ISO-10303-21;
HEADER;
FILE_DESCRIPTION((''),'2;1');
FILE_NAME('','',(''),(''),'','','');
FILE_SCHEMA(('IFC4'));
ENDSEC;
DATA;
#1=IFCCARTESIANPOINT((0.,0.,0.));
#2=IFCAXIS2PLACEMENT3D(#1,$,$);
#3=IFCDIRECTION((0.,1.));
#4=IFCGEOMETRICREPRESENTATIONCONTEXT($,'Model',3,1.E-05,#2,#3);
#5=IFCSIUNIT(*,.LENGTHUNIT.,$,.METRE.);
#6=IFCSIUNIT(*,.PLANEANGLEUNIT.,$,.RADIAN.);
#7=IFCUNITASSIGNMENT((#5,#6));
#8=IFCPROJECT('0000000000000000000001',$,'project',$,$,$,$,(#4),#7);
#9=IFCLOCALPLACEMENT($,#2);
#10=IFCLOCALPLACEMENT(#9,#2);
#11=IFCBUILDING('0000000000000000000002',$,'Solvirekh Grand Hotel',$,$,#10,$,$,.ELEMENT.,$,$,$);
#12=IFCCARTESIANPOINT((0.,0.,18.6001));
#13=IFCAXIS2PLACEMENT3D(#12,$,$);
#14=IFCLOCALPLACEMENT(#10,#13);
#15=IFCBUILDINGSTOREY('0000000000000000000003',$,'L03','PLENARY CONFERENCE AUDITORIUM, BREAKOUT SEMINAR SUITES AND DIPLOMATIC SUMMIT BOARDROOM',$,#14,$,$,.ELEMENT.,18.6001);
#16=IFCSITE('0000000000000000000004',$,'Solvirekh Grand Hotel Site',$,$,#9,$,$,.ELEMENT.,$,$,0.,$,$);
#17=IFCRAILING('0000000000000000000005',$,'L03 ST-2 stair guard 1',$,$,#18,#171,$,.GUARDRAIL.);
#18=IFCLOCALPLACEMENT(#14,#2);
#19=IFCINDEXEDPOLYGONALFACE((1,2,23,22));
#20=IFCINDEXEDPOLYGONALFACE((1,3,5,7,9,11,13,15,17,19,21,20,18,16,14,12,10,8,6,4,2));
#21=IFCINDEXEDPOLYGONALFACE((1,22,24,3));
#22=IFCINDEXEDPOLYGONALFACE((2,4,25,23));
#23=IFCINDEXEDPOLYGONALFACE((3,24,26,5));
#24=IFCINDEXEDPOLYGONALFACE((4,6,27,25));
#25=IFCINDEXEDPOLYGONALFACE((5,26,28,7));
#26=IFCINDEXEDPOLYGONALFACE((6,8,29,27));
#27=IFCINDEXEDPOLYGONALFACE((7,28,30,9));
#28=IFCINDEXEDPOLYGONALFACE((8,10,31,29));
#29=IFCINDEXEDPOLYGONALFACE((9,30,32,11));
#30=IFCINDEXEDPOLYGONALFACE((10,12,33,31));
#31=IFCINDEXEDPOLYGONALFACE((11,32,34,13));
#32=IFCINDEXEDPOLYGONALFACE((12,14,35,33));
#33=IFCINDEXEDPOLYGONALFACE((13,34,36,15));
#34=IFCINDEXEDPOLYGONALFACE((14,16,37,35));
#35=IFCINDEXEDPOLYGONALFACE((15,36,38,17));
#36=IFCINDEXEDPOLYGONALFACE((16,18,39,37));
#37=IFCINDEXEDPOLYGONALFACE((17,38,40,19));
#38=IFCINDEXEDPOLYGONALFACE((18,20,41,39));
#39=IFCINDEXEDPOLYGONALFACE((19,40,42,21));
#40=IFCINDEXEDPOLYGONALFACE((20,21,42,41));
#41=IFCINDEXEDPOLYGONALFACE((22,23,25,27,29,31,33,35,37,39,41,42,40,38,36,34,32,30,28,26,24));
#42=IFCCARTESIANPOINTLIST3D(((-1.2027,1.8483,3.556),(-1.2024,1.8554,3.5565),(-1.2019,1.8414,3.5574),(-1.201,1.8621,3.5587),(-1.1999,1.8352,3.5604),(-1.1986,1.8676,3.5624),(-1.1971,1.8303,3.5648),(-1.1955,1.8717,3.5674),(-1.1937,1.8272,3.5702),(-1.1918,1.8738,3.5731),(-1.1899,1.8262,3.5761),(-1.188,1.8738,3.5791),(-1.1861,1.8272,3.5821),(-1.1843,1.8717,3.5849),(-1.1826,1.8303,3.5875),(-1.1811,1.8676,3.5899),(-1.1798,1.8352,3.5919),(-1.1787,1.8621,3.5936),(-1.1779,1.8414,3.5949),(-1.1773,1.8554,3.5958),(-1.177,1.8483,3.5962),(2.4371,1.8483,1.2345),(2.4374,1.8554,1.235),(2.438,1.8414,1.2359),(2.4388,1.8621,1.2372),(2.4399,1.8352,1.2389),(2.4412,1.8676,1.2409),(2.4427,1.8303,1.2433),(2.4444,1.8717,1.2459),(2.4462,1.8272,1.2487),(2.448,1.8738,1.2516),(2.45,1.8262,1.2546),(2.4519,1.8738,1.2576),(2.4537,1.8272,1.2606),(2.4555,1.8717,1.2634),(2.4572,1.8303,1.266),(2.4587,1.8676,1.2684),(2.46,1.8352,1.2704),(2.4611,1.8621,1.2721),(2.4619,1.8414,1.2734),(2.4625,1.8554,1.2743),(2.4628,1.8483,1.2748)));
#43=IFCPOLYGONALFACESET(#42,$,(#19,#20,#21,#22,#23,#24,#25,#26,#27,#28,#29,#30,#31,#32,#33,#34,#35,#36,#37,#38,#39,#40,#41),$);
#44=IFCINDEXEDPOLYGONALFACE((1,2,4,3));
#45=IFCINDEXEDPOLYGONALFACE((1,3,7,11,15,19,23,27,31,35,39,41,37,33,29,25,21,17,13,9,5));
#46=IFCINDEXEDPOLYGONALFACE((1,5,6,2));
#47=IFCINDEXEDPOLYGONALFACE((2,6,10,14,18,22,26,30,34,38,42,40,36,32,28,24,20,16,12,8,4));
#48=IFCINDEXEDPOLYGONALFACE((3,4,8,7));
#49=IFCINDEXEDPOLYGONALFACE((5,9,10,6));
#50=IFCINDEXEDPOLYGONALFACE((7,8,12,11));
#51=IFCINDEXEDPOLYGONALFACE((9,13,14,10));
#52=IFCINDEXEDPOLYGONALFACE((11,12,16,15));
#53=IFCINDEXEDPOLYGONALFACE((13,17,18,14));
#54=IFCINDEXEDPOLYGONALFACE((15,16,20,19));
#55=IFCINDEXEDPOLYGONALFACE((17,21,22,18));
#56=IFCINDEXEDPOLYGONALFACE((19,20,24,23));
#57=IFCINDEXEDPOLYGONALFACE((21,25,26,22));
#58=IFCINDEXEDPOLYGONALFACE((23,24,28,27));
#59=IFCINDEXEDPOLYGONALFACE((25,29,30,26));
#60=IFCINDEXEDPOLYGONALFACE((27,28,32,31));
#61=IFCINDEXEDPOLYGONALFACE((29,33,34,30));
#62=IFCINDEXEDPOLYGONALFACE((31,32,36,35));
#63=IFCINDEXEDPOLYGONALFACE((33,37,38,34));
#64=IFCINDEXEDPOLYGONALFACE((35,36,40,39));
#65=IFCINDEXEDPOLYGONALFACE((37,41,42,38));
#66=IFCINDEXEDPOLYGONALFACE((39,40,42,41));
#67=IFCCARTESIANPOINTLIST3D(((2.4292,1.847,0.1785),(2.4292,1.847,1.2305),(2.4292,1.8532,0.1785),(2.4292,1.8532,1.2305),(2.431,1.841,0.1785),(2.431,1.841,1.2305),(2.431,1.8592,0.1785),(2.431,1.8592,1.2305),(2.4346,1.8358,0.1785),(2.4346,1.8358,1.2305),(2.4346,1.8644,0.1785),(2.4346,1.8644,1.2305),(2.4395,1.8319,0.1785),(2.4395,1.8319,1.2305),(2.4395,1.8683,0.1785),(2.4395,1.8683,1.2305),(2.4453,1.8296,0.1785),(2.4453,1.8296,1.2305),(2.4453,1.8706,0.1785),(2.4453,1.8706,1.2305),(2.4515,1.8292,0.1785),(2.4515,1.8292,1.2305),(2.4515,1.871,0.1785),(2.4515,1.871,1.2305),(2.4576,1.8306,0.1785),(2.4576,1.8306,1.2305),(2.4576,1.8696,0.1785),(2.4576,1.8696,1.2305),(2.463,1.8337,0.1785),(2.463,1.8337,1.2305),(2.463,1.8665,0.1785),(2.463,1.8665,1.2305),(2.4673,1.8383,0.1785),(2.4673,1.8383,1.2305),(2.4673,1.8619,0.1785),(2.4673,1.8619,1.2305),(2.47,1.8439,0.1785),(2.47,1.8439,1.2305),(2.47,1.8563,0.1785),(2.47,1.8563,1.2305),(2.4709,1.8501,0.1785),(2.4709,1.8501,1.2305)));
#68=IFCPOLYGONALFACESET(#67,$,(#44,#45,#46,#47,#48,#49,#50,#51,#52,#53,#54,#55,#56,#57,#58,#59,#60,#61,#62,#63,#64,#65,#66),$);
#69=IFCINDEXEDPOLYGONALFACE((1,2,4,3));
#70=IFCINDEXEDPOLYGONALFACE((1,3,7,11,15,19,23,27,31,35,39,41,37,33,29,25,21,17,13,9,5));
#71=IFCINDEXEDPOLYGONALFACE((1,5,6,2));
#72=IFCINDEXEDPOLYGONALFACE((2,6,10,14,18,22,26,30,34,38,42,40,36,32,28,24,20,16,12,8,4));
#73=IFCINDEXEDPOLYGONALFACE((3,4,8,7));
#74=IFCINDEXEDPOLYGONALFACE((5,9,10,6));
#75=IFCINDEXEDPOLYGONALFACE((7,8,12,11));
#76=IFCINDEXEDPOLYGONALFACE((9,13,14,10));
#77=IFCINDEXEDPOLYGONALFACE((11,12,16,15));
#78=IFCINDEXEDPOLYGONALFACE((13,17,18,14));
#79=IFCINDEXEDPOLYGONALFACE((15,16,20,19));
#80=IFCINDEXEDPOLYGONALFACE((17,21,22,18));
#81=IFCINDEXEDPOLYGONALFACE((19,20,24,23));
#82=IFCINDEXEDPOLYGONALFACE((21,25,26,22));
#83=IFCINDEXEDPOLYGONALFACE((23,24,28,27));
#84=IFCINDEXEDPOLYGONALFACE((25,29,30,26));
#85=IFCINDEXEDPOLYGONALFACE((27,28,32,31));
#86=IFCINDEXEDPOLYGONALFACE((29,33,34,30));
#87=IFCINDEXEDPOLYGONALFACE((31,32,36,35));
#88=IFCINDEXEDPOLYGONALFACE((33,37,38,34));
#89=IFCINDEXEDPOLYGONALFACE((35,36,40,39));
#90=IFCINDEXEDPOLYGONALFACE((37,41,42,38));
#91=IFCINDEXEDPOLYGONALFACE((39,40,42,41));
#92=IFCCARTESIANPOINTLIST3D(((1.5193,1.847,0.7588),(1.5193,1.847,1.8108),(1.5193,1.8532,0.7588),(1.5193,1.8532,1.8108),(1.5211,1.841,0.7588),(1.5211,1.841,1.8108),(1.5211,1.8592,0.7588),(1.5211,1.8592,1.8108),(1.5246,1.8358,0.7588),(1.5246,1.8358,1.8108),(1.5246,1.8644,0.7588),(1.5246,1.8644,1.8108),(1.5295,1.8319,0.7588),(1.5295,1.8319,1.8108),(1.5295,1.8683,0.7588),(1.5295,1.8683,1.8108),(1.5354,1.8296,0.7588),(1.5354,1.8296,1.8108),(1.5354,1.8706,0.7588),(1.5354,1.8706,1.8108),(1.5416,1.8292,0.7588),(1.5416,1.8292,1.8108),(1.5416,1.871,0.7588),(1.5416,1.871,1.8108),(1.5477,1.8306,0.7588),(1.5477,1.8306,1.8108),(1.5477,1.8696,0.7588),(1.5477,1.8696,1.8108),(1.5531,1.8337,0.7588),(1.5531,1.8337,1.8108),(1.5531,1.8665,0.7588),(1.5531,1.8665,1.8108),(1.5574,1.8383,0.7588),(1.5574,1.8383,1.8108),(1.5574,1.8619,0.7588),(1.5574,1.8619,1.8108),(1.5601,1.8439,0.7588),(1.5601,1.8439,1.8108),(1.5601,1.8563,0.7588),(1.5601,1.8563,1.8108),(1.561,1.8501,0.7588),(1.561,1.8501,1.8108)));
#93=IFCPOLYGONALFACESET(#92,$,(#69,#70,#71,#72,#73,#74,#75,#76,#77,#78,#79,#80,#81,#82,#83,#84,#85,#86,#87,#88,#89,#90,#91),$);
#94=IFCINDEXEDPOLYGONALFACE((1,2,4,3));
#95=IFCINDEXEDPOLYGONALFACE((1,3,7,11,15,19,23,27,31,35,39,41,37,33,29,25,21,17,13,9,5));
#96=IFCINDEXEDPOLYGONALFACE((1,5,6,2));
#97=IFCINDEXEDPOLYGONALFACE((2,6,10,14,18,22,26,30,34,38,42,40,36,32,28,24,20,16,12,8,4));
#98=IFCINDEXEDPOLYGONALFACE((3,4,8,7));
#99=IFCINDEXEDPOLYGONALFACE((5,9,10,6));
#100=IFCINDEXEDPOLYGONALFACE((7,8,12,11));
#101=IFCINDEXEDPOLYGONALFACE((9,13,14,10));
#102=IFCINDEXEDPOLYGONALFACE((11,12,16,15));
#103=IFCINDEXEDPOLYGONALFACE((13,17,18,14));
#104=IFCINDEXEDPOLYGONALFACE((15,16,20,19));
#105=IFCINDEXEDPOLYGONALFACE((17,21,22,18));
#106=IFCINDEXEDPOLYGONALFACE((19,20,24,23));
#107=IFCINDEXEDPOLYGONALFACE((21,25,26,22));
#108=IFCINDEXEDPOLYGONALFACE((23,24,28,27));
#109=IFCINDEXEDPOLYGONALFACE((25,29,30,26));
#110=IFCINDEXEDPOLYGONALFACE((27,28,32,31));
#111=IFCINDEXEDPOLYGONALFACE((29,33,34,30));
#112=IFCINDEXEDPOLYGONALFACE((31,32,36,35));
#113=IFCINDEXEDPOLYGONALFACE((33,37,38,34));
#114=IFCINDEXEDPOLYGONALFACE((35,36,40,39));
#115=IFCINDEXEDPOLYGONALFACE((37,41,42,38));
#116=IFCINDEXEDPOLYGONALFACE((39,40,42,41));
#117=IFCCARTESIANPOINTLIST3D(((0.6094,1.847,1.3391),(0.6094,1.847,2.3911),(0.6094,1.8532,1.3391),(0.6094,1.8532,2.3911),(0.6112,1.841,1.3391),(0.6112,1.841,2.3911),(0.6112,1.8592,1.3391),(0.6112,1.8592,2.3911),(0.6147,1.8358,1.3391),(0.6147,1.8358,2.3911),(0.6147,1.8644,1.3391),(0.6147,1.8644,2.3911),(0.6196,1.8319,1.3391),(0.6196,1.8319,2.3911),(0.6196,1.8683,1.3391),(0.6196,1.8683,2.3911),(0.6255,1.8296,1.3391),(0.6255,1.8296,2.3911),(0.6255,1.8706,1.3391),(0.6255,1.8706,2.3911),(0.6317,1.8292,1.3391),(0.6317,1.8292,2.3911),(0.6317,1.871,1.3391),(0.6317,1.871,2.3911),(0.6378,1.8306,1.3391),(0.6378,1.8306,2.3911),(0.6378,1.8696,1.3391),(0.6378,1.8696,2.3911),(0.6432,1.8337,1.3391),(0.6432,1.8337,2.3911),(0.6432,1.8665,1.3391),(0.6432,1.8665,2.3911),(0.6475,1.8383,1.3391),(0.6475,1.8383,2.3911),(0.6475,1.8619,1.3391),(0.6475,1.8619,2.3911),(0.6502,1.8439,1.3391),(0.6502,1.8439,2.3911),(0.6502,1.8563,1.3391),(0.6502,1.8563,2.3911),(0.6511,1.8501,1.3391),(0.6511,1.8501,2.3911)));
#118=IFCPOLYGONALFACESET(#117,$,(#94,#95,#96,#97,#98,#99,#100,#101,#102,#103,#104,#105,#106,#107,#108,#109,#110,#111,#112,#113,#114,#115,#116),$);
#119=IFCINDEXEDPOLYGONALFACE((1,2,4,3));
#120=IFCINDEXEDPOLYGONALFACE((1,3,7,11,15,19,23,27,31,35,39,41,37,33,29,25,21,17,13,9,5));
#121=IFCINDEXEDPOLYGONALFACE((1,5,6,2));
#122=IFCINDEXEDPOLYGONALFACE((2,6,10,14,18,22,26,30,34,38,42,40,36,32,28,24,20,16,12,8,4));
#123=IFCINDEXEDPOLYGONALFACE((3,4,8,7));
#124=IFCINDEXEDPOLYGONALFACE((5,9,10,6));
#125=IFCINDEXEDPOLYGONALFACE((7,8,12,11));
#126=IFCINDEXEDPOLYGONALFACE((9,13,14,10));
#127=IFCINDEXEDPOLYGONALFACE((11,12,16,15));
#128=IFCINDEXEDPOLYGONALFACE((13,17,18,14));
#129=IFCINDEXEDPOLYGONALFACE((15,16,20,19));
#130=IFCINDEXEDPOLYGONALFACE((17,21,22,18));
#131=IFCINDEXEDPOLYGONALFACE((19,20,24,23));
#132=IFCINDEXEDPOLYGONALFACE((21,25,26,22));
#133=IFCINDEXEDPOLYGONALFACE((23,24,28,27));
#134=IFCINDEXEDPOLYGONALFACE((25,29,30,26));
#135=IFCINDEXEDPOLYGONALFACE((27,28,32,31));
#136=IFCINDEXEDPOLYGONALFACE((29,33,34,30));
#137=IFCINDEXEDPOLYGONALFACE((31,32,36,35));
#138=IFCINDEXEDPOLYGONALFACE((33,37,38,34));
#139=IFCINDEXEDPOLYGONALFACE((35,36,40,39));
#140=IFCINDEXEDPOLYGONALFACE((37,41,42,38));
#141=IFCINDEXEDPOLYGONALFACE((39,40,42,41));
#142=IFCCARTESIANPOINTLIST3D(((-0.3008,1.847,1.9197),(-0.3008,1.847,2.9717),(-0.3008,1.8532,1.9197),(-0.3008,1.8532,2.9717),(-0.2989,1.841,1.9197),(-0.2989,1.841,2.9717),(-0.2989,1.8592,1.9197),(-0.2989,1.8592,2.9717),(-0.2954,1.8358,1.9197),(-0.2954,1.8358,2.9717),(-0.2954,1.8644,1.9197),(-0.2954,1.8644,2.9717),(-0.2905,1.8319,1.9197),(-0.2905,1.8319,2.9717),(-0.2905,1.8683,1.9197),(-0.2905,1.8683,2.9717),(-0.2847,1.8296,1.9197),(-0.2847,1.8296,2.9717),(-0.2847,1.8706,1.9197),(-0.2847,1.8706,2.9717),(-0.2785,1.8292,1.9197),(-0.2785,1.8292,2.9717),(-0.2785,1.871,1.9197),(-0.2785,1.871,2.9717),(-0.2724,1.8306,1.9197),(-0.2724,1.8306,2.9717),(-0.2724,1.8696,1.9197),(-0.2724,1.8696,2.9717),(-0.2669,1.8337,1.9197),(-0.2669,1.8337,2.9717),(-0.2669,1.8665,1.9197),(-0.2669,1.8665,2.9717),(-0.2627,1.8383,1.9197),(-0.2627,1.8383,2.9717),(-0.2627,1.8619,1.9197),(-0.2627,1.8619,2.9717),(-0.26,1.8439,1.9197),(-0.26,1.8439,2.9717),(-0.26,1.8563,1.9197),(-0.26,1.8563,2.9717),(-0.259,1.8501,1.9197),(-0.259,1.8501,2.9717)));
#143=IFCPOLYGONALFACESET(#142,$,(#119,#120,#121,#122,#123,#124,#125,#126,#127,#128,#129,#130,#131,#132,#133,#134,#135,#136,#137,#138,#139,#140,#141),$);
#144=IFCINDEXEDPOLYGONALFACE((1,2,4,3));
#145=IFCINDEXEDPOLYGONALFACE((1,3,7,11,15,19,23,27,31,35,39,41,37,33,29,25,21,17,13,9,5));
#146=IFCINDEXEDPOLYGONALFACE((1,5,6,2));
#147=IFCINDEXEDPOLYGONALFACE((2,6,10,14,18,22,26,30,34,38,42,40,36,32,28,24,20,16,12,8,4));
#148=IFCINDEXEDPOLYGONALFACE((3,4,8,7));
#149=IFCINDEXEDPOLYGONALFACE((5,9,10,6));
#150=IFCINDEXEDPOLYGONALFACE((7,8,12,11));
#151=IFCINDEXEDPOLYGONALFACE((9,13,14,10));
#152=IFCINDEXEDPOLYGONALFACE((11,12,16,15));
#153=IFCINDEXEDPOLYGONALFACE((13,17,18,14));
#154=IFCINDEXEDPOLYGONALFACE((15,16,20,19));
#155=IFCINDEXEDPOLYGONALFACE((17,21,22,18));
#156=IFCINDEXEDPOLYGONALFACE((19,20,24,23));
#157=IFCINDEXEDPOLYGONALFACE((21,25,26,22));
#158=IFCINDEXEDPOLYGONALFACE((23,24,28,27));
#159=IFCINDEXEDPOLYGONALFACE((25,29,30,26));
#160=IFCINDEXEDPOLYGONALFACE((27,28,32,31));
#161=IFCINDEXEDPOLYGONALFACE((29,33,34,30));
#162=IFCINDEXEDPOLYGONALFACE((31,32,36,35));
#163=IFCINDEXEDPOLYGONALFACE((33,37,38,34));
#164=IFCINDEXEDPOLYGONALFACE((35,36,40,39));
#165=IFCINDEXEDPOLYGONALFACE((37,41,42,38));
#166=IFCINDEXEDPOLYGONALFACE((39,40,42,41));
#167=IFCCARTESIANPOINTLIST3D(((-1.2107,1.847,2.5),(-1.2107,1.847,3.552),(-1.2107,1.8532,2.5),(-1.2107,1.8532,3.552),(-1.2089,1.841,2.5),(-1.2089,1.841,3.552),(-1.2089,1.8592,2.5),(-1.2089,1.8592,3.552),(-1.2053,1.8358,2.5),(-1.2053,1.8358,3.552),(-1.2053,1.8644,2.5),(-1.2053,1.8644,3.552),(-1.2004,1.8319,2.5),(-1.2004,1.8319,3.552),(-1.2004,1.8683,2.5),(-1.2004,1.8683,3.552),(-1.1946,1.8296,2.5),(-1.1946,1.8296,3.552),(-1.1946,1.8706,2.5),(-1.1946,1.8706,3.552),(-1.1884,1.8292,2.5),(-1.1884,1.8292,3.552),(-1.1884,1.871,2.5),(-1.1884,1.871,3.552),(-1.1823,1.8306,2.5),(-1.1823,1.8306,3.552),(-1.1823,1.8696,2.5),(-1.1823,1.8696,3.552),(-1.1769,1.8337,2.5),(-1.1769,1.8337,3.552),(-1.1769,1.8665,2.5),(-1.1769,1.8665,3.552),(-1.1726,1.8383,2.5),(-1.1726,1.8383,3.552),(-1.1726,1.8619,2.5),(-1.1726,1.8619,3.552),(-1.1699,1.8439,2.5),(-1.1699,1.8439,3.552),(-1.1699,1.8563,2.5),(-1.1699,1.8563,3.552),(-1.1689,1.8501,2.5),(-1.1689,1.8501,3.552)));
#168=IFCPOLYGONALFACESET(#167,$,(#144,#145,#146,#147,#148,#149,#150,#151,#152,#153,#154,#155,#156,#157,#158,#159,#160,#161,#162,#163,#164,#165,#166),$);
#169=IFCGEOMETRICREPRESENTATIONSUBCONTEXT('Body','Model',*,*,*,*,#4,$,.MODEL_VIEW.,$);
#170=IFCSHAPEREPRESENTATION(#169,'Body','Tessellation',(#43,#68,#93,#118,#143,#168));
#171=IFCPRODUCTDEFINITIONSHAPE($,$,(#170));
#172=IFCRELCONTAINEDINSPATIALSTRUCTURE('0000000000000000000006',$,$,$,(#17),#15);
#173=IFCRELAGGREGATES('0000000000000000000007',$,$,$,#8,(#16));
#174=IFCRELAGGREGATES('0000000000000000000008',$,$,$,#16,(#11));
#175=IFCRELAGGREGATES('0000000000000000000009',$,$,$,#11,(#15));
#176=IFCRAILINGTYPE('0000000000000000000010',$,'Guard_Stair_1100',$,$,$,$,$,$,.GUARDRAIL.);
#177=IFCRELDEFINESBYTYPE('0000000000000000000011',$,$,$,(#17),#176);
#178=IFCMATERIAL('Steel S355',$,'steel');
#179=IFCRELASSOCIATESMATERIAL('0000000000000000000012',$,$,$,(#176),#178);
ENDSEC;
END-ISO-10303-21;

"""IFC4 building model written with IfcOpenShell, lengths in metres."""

from ifc_helpers import new_model, si_unit, direction, frame, origin, origin_2d, place, context, subcontext, project, spatial, circle, extrude, material, type_object, element, save


model = new_model("IFC4")

# Units and contexts
model_context = context("Model", 3, precision=1e-05, world=origin(), true_north=direction((0.0, 1.0)))
body_context = subcontext(model_context, "Body", "Model", "MODEL_VIEW")
ifc_project = project(units=[si_unit("LENGTHUNIT", "METRE"), si_unit("PLANEANGLEUNIT", "RADIAN")], contexts=[model_context])

# Site, building, storey
site_placement = place(None, origin())
site = spatial("IfcSite", under=ifc_project, at=site_placement, Name="Solvirekh Grand Hotel Site", CompositionType="ELEMENT", RefElevation=0.0)
building_placement = place(site_placement, origin())
building = spatial("IfcBuilding", under=site, at=building_placement, Name="Solvirekh Grand Hotel", CompositionType="ELEMENT")
storey_placement = place(building_placement, frame((0.0, 0.0, 18.6001)))
storey = spatial("IfcBuildingStorey", under=building, at=storey_placement, Name="L03", Description="PLENARY CONFERENCE AUDITORIUM, BREAKOUT SEMINAR SUITES AND DIPLOMATIC SUMMIT BOARDROOM", CompositionType="ELEMENT", Elevation=18.6001)

# Shared definitions
ifc_material_1 = material(Name="Steel S355", Category="steel")

# Railing
railing_type_1 = type_object("IfcRailingType", Name="Guard_Stair_1100", PredefinedType="GUARDRAIL", material=ifc_material_1)
railing_1_placement = place(storey_placement, frame((2.45, 1.8501, 0.1785)))
element("IfcRailing", 1, at=railing_1_placement, inside=storey, type_object=railing_type_1, Name="L03 ST-2 stair guard 1", PredefinedType="GUARDRAIL", context=body_context, shape_type="SweptSolid", body=[
    extrude(circle(Radius=0.0239, at=origin_2d()), frame((0.0, 0.0, 1.0762), z_axis=(-0.843112, 0.0, 0.537739), x_axis=(0.0, -1.0, 0.0)), (0.0, 0.0, 1.0), 4.3171),
    extrude(circle(Radius=0.021, at=origin_2d()), origin(), (0.0, 0.0, 1.0), 1.052),
    extrude(circle(Radius=0.021, at=origin_2d()), frame((-0.9099, 0.0, 0.5803)), (0.0, 0.0, 1.0), 1.052),
    extrude(circle(Radius=0.021, at=origin_2d()), frame((-1.8198, 0.0, 1.1606)), (0.0, 0.0, 1.0), 1.052),
    extrude(circle(Radius=0.021, at=origin_2d()), frame((-2.73, 0.0, 1.7412)), (0.0, 0.0, 1.0), 1.052),
    extrude(circle(Radius=0.021, at=origin_2d()), frame((-3.6399, 0.0, 2.3215)), (0.0, 0.0, 1.0), 1.052),
])

save(model, "model.ifc")
